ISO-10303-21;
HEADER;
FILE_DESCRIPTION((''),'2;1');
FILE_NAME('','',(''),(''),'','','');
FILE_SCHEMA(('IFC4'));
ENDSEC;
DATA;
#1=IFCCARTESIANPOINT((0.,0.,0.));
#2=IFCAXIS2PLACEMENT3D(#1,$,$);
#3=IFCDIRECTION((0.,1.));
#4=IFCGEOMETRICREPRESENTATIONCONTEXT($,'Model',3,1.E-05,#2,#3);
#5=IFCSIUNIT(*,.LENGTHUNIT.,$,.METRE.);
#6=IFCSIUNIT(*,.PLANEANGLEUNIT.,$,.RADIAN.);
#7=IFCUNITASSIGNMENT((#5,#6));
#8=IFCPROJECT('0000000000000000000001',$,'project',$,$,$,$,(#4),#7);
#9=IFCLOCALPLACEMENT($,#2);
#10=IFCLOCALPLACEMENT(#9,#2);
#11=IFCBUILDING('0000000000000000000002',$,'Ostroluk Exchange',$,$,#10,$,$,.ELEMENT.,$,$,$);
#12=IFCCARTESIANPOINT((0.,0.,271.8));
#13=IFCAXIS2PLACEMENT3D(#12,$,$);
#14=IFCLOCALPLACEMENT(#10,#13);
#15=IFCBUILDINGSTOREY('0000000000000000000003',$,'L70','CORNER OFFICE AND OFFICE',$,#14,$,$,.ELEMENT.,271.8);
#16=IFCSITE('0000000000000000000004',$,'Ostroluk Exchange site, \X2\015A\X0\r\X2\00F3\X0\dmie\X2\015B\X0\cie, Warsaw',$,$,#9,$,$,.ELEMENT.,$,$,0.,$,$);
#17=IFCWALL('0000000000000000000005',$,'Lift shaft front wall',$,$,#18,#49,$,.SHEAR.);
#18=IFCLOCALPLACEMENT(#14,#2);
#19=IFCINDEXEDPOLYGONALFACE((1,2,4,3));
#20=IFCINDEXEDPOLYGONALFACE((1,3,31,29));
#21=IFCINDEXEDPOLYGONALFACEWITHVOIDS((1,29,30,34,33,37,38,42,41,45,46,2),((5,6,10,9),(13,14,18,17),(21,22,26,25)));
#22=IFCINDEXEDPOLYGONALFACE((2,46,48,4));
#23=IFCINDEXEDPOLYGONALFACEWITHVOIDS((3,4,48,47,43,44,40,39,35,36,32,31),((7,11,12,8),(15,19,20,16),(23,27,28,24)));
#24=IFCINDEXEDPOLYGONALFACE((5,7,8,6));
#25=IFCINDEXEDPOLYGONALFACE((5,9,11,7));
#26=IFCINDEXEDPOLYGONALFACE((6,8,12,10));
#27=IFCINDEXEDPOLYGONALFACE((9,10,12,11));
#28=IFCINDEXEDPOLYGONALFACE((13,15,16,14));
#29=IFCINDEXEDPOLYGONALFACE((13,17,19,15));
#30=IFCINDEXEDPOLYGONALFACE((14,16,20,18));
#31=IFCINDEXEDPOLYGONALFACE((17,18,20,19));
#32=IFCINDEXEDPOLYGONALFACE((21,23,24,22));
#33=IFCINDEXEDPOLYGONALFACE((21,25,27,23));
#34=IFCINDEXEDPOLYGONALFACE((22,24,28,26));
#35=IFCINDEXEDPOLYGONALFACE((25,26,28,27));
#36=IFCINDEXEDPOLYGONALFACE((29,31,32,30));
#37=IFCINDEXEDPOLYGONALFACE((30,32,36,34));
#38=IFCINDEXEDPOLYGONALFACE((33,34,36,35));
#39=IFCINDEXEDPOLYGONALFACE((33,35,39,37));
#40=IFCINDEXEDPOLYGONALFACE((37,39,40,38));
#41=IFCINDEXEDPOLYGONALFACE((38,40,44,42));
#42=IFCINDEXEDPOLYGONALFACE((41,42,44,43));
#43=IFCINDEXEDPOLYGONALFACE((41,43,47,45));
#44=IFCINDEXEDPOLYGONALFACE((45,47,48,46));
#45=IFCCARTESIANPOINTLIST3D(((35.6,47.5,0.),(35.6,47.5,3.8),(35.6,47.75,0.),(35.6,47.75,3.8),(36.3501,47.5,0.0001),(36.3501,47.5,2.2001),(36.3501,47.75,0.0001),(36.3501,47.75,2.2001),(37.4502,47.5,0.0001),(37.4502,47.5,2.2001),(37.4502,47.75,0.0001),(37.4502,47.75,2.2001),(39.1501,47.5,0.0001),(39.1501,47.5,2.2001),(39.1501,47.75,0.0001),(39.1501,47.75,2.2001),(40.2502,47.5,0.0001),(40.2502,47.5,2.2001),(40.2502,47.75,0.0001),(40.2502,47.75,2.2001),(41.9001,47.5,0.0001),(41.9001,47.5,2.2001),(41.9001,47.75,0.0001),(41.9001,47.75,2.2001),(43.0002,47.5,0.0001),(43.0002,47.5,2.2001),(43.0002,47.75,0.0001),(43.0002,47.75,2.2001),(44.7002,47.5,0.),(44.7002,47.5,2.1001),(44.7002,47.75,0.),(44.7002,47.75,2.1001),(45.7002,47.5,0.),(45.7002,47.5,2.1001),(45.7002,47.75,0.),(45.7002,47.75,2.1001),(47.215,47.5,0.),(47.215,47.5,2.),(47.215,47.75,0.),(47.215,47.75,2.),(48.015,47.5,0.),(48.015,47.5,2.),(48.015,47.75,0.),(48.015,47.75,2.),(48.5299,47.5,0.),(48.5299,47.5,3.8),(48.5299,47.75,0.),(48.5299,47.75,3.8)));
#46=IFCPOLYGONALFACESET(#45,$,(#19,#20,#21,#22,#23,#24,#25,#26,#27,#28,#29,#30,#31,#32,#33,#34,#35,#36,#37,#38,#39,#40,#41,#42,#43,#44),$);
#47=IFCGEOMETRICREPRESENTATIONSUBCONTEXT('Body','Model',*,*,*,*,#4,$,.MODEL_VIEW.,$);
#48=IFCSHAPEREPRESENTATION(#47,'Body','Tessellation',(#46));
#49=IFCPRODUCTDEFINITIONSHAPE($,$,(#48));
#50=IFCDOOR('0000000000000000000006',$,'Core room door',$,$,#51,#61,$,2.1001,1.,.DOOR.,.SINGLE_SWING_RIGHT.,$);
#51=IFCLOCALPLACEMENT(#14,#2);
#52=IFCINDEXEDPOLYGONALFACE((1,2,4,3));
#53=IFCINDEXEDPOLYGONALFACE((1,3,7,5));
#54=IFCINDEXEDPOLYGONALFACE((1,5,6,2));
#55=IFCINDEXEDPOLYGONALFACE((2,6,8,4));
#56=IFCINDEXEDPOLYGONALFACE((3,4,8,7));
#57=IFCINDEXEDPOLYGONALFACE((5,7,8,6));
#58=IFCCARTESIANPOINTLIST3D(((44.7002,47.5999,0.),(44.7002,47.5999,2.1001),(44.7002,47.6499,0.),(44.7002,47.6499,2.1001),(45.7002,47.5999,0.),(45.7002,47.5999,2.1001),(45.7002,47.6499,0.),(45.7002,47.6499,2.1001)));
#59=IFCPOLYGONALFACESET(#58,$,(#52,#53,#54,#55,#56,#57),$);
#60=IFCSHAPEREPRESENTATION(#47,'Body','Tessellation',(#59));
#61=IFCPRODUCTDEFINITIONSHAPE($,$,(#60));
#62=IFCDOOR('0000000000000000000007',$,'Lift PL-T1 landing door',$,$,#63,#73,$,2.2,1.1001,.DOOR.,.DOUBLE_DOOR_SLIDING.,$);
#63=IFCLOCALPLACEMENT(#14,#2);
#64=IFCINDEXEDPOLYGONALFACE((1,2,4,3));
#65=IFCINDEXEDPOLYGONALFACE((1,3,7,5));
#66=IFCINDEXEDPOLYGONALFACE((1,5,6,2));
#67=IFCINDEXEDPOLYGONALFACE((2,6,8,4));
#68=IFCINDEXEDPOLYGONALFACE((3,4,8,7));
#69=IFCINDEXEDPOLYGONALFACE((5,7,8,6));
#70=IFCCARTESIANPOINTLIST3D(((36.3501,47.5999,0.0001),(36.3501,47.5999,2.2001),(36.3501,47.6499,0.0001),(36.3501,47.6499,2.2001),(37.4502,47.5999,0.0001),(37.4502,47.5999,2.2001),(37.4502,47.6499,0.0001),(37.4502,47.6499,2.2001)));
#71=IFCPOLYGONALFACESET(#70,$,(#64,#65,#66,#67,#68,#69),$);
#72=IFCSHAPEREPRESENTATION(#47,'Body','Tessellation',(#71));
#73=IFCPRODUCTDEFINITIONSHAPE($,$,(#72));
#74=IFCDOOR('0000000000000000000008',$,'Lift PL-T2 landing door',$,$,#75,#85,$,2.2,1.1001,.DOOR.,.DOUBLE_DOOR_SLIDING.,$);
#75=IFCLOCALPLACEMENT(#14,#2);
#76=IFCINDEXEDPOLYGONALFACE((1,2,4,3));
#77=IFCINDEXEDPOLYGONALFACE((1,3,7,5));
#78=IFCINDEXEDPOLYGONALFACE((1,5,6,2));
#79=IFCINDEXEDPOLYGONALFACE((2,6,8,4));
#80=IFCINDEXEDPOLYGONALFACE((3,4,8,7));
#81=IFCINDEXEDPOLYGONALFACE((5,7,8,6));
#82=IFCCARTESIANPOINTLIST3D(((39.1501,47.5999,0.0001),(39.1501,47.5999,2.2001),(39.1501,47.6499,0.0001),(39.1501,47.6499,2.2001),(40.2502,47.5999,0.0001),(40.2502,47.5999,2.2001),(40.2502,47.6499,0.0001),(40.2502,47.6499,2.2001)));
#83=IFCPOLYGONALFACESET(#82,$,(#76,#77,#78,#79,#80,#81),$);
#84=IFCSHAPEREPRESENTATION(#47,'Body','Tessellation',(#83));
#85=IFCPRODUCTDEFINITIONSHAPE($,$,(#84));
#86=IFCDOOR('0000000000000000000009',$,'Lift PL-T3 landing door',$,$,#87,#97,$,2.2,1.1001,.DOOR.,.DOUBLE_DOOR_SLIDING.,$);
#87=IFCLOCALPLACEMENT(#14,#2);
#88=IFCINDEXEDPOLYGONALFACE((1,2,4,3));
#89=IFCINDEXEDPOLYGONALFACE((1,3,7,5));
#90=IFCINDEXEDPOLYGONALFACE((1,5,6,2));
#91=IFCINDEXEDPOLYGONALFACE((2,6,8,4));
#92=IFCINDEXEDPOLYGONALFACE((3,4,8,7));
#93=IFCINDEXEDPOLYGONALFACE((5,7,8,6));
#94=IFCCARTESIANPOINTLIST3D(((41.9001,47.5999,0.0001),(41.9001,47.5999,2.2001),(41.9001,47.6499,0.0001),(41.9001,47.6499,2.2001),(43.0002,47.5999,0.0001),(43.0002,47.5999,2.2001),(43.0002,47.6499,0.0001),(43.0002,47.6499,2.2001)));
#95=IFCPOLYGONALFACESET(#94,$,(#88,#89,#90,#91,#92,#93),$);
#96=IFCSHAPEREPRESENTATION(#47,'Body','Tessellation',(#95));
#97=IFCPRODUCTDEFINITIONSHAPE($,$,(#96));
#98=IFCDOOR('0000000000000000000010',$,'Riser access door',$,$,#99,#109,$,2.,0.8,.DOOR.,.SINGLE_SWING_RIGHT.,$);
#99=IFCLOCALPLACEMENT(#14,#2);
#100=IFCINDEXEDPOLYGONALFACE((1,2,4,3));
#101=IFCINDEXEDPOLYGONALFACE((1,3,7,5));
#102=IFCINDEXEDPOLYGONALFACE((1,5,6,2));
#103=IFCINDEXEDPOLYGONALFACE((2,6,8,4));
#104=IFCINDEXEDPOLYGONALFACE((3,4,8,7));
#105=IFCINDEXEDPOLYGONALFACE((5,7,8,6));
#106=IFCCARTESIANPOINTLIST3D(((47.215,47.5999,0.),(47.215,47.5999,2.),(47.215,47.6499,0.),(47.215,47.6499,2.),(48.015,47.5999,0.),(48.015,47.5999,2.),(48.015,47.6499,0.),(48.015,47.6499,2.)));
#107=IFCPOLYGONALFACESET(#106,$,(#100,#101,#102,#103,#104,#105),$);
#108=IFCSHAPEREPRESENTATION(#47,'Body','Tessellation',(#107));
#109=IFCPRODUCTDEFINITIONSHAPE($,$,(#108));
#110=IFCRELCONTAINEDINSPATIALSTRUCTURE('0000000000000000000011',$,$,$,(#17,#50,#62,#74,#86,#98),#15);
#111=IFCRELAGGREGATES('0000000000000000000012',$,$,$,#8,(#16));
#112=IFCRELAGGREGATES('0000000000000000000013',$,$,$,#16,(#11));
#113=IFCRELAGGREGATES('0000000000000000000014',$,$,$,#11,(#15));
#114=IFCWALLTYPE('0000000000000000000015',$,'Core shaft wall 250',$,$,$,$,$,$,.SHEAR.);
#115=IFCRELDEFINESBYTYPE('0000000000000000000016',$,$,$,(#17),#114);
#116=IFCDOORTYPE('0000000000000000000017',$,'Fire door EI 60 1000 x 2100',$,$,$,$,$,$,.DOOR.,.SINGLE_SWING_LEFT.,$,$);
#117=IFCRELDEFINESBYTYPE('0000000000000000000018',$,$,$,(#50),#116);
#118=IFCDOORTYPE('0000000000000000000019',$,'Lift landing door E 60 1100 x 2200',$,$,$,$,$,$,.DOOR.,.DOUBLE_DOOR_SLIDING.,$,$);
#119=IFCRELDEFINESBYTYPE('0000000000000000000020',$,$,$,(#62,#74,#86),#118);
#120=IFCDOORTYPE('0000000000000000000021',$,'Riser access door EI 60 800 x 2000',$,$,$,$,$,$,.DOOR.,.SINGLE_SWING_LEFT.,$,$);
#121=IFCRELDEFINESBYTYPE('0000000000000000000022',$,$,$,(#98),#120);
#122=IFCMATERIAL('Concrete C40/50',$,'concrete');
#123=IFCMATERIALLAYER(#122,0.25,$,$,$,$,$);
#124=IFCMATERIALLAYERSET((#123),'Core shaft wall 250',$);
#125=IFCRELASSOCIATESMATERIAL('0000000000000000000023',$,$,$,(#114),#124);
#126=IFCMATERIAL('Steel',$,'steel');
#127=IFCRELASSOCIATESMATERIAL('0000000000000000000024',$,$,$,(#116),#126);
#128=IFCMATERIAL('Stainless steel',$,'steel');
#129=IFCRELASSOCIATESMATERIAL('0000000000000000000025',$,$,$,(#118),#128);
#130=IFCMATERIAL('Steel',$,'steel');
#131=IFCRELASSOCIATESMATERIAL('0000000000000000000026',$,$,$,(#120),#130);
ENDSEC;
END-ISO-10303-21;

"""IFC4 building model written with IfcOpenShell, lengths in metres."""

from ifc_helpers import new_model, si_unit, direction, frame, frame_2d, origin, place, context, subcontext, project, spatial, rectangle, extrude, material, layer, layer_set, type_object, element, fill, save


model = new_model("IFC4")

# Units and contexts
model_context = context("Model", 3, precision=1e-05, world=origin(), true_north=direction((0.0, 1.0)))
body_context = subcontext(model_context, "Body", "Model", "MODEL_VIEW")
ifc_project = project(units=[si_unit("LENGTHUNIT", "METRE"), si_unit("PLANEANGLEUNIT", "RADIAN")], contexts=[model_context])

# Site, building, storey
site_placement = place(None, origin())
site = spatial("IfcSite", under=ifc_project, at=site_placement, Name="Ostroluk Exchange site, Śródmieście, Warsaw", CompositionType="ELEMENT", RefElevation=0.0)
building_placement = place(site_placement, origin())
building = spatial("IfcBuilding", under=site, at=building_placement, Name="Ostroluk Exchange", CompositionType="ELEMENT")
storey_placement = place(building_placement, frame((0.0, 0.0, 271.8)))
storey = spatial("IfcBuildingStorey", under=building, at=storey_placement, Name="L70", Description="CORNER OFFICE AND OFFICE", CompositionType="ELEMENT", Elevation=271.8)

# Shared definitions
ifc_material_1 = material(Name="Concrete C40/50", Category="concrete")
ifc_layer_1 = layer(ifc_material_1, 0.25)
ifc_layer_set_1 = layer_set([ifc_layer_1], Name="Core shaft wall 250")
wall_type_1 = type_object("IfcWallType", Name="Core shaft wall 250", PredefinedType="SHEAR", material=ifc_layer_set_1)

# Wall, openings, doors
wall_1_placement = place(storey_placement, frame((35.6001, 47.625, 0.0), z_axis=(0.0, 0.0, 1.0), x_axis=(1.0, 0.0, 0.0)))
wall_1 = element("IfcWall", 1, at=wall_1_placement, inside=storey, type_object=wall_type_1, Name="Lift shaft front wall", PredefinedType="SHEAR", context=body_context, shape_type="SweptSolid", body=[
    extrude(rectangle(XDim=12.9299, YDim=0.25, at=frame_2d((6.4648, 0.0))), origin(), (0.0, 0.0, 1.0), 3.8),
])
opening_1_placement = place(wall_1_placement, frame((0.75, 0.0, 0.0)))
opening_1 = element("IfcOpeningElement", 2, at=opening_1_placement, cuts=wall_1, PredefinedType="OPENING", context=body_context, shape_type="SweptSolid", body=[
    extrude(rectangle(XDim=1.1001, YDim=2.2, at=frame_2d((0.55, 1.1001))), frame((0.0, 0.135, 0.0), z_axis=(0.0, -1.0, 0.0), x_axis=(1.0, 0.0, 0.0)), (0.0, 0.0, 1.0), 0.27),
])
opening_2_placement = place(wall_1_placement, frame((3.55, 0.0, 0.0)))
opening_2 = element("IfcOpeningElement", 3, at=opening_2_placement, cuts=wall_1, PredefinedType="OPENING", context=body_context, shape_type="SweptSolid", body=[
    extrude(rectangle(XDim=1.1001, YDim=2.2, at=frame_2d((0.55, 1.1001))), frame((0.0, 0.135, 0.0), z_axis=(0.0, -1.0, 0.0), x_axis=(1.0, 0.0, 0.0)), (0.0, 0.0, 1.0), 0.27),
])
opening_3_placement = place(wall_1_placement, frame((6.3, 0.0, 0.0)))
opening_3 = element("IfcOpeningElement", 4, at=opening_3_placement, cuts=wall_1, PredefinedType="OPENING", context=body_context, shape_type="SweptSolid", body=[
    extrude(rectangle(XDim=1.1001, YDim=2.2, at=frame_2d((0.55, 1.1001))), frame((0.0, 0.135, 0.0), z_axis=(0.0, -1.0, 0.0), x_axis=(1.0, 0.0, 0.0)), (0.0, 0.0, 1.0), 0.27),
])
opening_4_placement = place(wall_1_placement, frame((9.1001, 0.0, 0.0)))
opening_4 = element("IfcOpeningElement", 5, at=opening_4_placement, cuts=wall_1, PredefinedType="OPENING", context=body_context, shape_type="SweptSolid", body=[
    extrude(rectangle(XDim=1.0, YDim=2.1001, at=frame_2d((0.5, 1.05))), frame((0.0, 0.135, 0.0), z_axis=(0.0, -1.0, 0.0), x_axis=(1.0, 0.0, 0.0)), (0.0, 0.0, 1.0), 0.27),
])
opening_5_placement = place(wall_1_placement, frame((11.615, 0.0, 0.0)))
opening_5 = element("IfcOpeningElement", 6, at=opening_5_placement, cuts=wall_1, PredefinedType="OPENING", context=body_context, shape_type="SweptSolid", body=[
    extrude(rectangle(XDim=0.8, YDim=2.0, at=frame_2d((0.3999, 1.0))), frame((0.0, 0.135, 0.0), z_axis=(0.0, -1.0, 0.0), x_axis=(1.0, 0.0, 0.0)), (0.0, 0.0, 1.0), 0.27),
])
ifc_material_2 = material(Name="Steel", Category="steel")
door_type_1 = type_object("IfcDoorType", Name="Fire door EI 60 1000 x 2100", OperationType="SINGLE_SWING_LEFT", PredefinedType="DOOR", material=ifc_material_2)
door_1_placement = place(opening_4_placement, origin())
door_1 = element("IfcDoor", 7, at=door_1_placement, inside=storey, type_object=door_type_1, Name="Core room door", OperationType="SINGLE_SWING_RIGHT", OverallHeight=2.1001, OverallWidth=1.0, PredefinedType="DOOR", context=body_context, shape_type="SweptSolid", body=[
    extrude(rectangle(XDim=1.0, YDim=2.1001, at=frame_2d((0.5, 1.05))), frame((0.0, 0.0249, 0.0), z_axis=(0.0, -1.0, 0.0), x_axis=(1.0, 0.0, 0.0)), (0.0, 0.0, 1.0), 0.05),
])
fill(opening_4, door_1)
ifc_material_3 = material(Name="Stainless steel", Category="steel")
door_type_2 = type_object("IfcDoorType", Name="Lift landing door E 60 1100 x 2200", OperationType="DOUBLE_DOOR_SLIDING", PredefinedType="DOOR", material=ifc_material_3)
door_2_placement = place(opening_1_placement, origin())
door_2 = element("IfcDoor", 8, at=door_2_placement, inside=storey, type_object=door_type_2, Name="Lift PL-T1 landing door", OperationType="DOUBLE_DOOR_SLIDING", OverallHeight=2.2, OverallWidth=1.1001, PredefinedType="DOOR", context=body_context, shape_type="SweptSolid", body=[
    extrude(rectangle(XDim=1.1001, YDim=2.2, at=frame_2d((0.55, 1.1001))), frame((0.0, 0.0249, 0.0), z_axis=(0.0, -1.0, 0.0), x_axis=(1.0, 0.0, 0.0)), (0.0, 0.0, 1.0), 0.05),
])
fill(opening_1, door_2)
door_3_placement = place(opening_2_placement, origin())
door_3 = element("IfcDoor", 9, at=door_3_placement, inside=storey, type_object=door_type_2, Name="Lift PL-T2 landing door", OperationType="DOUBLE_DOOR_SLIDING", OverallHeight=2.2, OverallWidth=1.1001, PredefinedType="DOOR", context=body_context, shape_type="SweptSolid", body=[
    extrude(rectangle(XDim=1.1001, YDim=2.2, at=frame_2d((0.55, 1.1001))), frame((0.0, 0.0249, 0.0), z_axis=(0.0, -1.0, 0.0), x_axis=(1.0, 0.0, 0.0)), (0.0, 0.0, 1.0), 0.05),
])
fill(opening_2, door_3)
door_4_placement = place(opening_3_placement, origin())
door_4 = element("IfcDoor", 10, at=door_4_placement, inside=storey, type_object=door_type_2, Name="Lift PL-T3 landing door", OperationType="DOUBLE_DOOR_SLIDING", OverallHeight=2.2, OverallWidth=1.1001, PredefinedType="DOOR", context=body_context, shape_type="SweptSolid", body=[
    extrude(rectangle(XDim=1.1001, YDim=2.2, at=frame_2d((0.55, 1.1001))), frame((0.0, 0.0249, 0.0), z_axis=(0.0, -1.0, 0.0), x_axis=(1.0, 0.0, 0.0)), (0.0, 0.0, 1.0), 0.05),
])
fill(opening_3, door_4)
ifc_material_4 = material(Name="Steel", Category="steel")
door_type_3 = type_object("IfcDoorType", Name="Riser access door EI 60 800 x 2000", OperationType="SINGLE_SWING_LEFT", PredefinedType="DOOR", material=ifc_material_4)
door_5_placement = place(opening_5_placement, origin())
door_5 = element("IfcDoor", 11, at=door_5_placement, inside=storey, type_object=door_type_3, Name="Riser access door", OperationType="SINGLE_SWING_RIGHT", OverallHeight=2.0, OverallWidth=0.8, PredefinedType="DOOR", context=body_context, shape_type="SweptSolid", body=[
    extrude(rectangle(XDim=0.8, YDim=2.0, at=frame_2d((0.3999, 1.0))), frame((0.0, 0.0249, 0.0), z_axis=(0.0, -1.0, 0.0), x_axis=(1.0, 0.0, 0.0)), (0.0, 0.0, 1.0), 0.05),
])
fill(opening_5, door_5)

save(model, "model.ifc")
